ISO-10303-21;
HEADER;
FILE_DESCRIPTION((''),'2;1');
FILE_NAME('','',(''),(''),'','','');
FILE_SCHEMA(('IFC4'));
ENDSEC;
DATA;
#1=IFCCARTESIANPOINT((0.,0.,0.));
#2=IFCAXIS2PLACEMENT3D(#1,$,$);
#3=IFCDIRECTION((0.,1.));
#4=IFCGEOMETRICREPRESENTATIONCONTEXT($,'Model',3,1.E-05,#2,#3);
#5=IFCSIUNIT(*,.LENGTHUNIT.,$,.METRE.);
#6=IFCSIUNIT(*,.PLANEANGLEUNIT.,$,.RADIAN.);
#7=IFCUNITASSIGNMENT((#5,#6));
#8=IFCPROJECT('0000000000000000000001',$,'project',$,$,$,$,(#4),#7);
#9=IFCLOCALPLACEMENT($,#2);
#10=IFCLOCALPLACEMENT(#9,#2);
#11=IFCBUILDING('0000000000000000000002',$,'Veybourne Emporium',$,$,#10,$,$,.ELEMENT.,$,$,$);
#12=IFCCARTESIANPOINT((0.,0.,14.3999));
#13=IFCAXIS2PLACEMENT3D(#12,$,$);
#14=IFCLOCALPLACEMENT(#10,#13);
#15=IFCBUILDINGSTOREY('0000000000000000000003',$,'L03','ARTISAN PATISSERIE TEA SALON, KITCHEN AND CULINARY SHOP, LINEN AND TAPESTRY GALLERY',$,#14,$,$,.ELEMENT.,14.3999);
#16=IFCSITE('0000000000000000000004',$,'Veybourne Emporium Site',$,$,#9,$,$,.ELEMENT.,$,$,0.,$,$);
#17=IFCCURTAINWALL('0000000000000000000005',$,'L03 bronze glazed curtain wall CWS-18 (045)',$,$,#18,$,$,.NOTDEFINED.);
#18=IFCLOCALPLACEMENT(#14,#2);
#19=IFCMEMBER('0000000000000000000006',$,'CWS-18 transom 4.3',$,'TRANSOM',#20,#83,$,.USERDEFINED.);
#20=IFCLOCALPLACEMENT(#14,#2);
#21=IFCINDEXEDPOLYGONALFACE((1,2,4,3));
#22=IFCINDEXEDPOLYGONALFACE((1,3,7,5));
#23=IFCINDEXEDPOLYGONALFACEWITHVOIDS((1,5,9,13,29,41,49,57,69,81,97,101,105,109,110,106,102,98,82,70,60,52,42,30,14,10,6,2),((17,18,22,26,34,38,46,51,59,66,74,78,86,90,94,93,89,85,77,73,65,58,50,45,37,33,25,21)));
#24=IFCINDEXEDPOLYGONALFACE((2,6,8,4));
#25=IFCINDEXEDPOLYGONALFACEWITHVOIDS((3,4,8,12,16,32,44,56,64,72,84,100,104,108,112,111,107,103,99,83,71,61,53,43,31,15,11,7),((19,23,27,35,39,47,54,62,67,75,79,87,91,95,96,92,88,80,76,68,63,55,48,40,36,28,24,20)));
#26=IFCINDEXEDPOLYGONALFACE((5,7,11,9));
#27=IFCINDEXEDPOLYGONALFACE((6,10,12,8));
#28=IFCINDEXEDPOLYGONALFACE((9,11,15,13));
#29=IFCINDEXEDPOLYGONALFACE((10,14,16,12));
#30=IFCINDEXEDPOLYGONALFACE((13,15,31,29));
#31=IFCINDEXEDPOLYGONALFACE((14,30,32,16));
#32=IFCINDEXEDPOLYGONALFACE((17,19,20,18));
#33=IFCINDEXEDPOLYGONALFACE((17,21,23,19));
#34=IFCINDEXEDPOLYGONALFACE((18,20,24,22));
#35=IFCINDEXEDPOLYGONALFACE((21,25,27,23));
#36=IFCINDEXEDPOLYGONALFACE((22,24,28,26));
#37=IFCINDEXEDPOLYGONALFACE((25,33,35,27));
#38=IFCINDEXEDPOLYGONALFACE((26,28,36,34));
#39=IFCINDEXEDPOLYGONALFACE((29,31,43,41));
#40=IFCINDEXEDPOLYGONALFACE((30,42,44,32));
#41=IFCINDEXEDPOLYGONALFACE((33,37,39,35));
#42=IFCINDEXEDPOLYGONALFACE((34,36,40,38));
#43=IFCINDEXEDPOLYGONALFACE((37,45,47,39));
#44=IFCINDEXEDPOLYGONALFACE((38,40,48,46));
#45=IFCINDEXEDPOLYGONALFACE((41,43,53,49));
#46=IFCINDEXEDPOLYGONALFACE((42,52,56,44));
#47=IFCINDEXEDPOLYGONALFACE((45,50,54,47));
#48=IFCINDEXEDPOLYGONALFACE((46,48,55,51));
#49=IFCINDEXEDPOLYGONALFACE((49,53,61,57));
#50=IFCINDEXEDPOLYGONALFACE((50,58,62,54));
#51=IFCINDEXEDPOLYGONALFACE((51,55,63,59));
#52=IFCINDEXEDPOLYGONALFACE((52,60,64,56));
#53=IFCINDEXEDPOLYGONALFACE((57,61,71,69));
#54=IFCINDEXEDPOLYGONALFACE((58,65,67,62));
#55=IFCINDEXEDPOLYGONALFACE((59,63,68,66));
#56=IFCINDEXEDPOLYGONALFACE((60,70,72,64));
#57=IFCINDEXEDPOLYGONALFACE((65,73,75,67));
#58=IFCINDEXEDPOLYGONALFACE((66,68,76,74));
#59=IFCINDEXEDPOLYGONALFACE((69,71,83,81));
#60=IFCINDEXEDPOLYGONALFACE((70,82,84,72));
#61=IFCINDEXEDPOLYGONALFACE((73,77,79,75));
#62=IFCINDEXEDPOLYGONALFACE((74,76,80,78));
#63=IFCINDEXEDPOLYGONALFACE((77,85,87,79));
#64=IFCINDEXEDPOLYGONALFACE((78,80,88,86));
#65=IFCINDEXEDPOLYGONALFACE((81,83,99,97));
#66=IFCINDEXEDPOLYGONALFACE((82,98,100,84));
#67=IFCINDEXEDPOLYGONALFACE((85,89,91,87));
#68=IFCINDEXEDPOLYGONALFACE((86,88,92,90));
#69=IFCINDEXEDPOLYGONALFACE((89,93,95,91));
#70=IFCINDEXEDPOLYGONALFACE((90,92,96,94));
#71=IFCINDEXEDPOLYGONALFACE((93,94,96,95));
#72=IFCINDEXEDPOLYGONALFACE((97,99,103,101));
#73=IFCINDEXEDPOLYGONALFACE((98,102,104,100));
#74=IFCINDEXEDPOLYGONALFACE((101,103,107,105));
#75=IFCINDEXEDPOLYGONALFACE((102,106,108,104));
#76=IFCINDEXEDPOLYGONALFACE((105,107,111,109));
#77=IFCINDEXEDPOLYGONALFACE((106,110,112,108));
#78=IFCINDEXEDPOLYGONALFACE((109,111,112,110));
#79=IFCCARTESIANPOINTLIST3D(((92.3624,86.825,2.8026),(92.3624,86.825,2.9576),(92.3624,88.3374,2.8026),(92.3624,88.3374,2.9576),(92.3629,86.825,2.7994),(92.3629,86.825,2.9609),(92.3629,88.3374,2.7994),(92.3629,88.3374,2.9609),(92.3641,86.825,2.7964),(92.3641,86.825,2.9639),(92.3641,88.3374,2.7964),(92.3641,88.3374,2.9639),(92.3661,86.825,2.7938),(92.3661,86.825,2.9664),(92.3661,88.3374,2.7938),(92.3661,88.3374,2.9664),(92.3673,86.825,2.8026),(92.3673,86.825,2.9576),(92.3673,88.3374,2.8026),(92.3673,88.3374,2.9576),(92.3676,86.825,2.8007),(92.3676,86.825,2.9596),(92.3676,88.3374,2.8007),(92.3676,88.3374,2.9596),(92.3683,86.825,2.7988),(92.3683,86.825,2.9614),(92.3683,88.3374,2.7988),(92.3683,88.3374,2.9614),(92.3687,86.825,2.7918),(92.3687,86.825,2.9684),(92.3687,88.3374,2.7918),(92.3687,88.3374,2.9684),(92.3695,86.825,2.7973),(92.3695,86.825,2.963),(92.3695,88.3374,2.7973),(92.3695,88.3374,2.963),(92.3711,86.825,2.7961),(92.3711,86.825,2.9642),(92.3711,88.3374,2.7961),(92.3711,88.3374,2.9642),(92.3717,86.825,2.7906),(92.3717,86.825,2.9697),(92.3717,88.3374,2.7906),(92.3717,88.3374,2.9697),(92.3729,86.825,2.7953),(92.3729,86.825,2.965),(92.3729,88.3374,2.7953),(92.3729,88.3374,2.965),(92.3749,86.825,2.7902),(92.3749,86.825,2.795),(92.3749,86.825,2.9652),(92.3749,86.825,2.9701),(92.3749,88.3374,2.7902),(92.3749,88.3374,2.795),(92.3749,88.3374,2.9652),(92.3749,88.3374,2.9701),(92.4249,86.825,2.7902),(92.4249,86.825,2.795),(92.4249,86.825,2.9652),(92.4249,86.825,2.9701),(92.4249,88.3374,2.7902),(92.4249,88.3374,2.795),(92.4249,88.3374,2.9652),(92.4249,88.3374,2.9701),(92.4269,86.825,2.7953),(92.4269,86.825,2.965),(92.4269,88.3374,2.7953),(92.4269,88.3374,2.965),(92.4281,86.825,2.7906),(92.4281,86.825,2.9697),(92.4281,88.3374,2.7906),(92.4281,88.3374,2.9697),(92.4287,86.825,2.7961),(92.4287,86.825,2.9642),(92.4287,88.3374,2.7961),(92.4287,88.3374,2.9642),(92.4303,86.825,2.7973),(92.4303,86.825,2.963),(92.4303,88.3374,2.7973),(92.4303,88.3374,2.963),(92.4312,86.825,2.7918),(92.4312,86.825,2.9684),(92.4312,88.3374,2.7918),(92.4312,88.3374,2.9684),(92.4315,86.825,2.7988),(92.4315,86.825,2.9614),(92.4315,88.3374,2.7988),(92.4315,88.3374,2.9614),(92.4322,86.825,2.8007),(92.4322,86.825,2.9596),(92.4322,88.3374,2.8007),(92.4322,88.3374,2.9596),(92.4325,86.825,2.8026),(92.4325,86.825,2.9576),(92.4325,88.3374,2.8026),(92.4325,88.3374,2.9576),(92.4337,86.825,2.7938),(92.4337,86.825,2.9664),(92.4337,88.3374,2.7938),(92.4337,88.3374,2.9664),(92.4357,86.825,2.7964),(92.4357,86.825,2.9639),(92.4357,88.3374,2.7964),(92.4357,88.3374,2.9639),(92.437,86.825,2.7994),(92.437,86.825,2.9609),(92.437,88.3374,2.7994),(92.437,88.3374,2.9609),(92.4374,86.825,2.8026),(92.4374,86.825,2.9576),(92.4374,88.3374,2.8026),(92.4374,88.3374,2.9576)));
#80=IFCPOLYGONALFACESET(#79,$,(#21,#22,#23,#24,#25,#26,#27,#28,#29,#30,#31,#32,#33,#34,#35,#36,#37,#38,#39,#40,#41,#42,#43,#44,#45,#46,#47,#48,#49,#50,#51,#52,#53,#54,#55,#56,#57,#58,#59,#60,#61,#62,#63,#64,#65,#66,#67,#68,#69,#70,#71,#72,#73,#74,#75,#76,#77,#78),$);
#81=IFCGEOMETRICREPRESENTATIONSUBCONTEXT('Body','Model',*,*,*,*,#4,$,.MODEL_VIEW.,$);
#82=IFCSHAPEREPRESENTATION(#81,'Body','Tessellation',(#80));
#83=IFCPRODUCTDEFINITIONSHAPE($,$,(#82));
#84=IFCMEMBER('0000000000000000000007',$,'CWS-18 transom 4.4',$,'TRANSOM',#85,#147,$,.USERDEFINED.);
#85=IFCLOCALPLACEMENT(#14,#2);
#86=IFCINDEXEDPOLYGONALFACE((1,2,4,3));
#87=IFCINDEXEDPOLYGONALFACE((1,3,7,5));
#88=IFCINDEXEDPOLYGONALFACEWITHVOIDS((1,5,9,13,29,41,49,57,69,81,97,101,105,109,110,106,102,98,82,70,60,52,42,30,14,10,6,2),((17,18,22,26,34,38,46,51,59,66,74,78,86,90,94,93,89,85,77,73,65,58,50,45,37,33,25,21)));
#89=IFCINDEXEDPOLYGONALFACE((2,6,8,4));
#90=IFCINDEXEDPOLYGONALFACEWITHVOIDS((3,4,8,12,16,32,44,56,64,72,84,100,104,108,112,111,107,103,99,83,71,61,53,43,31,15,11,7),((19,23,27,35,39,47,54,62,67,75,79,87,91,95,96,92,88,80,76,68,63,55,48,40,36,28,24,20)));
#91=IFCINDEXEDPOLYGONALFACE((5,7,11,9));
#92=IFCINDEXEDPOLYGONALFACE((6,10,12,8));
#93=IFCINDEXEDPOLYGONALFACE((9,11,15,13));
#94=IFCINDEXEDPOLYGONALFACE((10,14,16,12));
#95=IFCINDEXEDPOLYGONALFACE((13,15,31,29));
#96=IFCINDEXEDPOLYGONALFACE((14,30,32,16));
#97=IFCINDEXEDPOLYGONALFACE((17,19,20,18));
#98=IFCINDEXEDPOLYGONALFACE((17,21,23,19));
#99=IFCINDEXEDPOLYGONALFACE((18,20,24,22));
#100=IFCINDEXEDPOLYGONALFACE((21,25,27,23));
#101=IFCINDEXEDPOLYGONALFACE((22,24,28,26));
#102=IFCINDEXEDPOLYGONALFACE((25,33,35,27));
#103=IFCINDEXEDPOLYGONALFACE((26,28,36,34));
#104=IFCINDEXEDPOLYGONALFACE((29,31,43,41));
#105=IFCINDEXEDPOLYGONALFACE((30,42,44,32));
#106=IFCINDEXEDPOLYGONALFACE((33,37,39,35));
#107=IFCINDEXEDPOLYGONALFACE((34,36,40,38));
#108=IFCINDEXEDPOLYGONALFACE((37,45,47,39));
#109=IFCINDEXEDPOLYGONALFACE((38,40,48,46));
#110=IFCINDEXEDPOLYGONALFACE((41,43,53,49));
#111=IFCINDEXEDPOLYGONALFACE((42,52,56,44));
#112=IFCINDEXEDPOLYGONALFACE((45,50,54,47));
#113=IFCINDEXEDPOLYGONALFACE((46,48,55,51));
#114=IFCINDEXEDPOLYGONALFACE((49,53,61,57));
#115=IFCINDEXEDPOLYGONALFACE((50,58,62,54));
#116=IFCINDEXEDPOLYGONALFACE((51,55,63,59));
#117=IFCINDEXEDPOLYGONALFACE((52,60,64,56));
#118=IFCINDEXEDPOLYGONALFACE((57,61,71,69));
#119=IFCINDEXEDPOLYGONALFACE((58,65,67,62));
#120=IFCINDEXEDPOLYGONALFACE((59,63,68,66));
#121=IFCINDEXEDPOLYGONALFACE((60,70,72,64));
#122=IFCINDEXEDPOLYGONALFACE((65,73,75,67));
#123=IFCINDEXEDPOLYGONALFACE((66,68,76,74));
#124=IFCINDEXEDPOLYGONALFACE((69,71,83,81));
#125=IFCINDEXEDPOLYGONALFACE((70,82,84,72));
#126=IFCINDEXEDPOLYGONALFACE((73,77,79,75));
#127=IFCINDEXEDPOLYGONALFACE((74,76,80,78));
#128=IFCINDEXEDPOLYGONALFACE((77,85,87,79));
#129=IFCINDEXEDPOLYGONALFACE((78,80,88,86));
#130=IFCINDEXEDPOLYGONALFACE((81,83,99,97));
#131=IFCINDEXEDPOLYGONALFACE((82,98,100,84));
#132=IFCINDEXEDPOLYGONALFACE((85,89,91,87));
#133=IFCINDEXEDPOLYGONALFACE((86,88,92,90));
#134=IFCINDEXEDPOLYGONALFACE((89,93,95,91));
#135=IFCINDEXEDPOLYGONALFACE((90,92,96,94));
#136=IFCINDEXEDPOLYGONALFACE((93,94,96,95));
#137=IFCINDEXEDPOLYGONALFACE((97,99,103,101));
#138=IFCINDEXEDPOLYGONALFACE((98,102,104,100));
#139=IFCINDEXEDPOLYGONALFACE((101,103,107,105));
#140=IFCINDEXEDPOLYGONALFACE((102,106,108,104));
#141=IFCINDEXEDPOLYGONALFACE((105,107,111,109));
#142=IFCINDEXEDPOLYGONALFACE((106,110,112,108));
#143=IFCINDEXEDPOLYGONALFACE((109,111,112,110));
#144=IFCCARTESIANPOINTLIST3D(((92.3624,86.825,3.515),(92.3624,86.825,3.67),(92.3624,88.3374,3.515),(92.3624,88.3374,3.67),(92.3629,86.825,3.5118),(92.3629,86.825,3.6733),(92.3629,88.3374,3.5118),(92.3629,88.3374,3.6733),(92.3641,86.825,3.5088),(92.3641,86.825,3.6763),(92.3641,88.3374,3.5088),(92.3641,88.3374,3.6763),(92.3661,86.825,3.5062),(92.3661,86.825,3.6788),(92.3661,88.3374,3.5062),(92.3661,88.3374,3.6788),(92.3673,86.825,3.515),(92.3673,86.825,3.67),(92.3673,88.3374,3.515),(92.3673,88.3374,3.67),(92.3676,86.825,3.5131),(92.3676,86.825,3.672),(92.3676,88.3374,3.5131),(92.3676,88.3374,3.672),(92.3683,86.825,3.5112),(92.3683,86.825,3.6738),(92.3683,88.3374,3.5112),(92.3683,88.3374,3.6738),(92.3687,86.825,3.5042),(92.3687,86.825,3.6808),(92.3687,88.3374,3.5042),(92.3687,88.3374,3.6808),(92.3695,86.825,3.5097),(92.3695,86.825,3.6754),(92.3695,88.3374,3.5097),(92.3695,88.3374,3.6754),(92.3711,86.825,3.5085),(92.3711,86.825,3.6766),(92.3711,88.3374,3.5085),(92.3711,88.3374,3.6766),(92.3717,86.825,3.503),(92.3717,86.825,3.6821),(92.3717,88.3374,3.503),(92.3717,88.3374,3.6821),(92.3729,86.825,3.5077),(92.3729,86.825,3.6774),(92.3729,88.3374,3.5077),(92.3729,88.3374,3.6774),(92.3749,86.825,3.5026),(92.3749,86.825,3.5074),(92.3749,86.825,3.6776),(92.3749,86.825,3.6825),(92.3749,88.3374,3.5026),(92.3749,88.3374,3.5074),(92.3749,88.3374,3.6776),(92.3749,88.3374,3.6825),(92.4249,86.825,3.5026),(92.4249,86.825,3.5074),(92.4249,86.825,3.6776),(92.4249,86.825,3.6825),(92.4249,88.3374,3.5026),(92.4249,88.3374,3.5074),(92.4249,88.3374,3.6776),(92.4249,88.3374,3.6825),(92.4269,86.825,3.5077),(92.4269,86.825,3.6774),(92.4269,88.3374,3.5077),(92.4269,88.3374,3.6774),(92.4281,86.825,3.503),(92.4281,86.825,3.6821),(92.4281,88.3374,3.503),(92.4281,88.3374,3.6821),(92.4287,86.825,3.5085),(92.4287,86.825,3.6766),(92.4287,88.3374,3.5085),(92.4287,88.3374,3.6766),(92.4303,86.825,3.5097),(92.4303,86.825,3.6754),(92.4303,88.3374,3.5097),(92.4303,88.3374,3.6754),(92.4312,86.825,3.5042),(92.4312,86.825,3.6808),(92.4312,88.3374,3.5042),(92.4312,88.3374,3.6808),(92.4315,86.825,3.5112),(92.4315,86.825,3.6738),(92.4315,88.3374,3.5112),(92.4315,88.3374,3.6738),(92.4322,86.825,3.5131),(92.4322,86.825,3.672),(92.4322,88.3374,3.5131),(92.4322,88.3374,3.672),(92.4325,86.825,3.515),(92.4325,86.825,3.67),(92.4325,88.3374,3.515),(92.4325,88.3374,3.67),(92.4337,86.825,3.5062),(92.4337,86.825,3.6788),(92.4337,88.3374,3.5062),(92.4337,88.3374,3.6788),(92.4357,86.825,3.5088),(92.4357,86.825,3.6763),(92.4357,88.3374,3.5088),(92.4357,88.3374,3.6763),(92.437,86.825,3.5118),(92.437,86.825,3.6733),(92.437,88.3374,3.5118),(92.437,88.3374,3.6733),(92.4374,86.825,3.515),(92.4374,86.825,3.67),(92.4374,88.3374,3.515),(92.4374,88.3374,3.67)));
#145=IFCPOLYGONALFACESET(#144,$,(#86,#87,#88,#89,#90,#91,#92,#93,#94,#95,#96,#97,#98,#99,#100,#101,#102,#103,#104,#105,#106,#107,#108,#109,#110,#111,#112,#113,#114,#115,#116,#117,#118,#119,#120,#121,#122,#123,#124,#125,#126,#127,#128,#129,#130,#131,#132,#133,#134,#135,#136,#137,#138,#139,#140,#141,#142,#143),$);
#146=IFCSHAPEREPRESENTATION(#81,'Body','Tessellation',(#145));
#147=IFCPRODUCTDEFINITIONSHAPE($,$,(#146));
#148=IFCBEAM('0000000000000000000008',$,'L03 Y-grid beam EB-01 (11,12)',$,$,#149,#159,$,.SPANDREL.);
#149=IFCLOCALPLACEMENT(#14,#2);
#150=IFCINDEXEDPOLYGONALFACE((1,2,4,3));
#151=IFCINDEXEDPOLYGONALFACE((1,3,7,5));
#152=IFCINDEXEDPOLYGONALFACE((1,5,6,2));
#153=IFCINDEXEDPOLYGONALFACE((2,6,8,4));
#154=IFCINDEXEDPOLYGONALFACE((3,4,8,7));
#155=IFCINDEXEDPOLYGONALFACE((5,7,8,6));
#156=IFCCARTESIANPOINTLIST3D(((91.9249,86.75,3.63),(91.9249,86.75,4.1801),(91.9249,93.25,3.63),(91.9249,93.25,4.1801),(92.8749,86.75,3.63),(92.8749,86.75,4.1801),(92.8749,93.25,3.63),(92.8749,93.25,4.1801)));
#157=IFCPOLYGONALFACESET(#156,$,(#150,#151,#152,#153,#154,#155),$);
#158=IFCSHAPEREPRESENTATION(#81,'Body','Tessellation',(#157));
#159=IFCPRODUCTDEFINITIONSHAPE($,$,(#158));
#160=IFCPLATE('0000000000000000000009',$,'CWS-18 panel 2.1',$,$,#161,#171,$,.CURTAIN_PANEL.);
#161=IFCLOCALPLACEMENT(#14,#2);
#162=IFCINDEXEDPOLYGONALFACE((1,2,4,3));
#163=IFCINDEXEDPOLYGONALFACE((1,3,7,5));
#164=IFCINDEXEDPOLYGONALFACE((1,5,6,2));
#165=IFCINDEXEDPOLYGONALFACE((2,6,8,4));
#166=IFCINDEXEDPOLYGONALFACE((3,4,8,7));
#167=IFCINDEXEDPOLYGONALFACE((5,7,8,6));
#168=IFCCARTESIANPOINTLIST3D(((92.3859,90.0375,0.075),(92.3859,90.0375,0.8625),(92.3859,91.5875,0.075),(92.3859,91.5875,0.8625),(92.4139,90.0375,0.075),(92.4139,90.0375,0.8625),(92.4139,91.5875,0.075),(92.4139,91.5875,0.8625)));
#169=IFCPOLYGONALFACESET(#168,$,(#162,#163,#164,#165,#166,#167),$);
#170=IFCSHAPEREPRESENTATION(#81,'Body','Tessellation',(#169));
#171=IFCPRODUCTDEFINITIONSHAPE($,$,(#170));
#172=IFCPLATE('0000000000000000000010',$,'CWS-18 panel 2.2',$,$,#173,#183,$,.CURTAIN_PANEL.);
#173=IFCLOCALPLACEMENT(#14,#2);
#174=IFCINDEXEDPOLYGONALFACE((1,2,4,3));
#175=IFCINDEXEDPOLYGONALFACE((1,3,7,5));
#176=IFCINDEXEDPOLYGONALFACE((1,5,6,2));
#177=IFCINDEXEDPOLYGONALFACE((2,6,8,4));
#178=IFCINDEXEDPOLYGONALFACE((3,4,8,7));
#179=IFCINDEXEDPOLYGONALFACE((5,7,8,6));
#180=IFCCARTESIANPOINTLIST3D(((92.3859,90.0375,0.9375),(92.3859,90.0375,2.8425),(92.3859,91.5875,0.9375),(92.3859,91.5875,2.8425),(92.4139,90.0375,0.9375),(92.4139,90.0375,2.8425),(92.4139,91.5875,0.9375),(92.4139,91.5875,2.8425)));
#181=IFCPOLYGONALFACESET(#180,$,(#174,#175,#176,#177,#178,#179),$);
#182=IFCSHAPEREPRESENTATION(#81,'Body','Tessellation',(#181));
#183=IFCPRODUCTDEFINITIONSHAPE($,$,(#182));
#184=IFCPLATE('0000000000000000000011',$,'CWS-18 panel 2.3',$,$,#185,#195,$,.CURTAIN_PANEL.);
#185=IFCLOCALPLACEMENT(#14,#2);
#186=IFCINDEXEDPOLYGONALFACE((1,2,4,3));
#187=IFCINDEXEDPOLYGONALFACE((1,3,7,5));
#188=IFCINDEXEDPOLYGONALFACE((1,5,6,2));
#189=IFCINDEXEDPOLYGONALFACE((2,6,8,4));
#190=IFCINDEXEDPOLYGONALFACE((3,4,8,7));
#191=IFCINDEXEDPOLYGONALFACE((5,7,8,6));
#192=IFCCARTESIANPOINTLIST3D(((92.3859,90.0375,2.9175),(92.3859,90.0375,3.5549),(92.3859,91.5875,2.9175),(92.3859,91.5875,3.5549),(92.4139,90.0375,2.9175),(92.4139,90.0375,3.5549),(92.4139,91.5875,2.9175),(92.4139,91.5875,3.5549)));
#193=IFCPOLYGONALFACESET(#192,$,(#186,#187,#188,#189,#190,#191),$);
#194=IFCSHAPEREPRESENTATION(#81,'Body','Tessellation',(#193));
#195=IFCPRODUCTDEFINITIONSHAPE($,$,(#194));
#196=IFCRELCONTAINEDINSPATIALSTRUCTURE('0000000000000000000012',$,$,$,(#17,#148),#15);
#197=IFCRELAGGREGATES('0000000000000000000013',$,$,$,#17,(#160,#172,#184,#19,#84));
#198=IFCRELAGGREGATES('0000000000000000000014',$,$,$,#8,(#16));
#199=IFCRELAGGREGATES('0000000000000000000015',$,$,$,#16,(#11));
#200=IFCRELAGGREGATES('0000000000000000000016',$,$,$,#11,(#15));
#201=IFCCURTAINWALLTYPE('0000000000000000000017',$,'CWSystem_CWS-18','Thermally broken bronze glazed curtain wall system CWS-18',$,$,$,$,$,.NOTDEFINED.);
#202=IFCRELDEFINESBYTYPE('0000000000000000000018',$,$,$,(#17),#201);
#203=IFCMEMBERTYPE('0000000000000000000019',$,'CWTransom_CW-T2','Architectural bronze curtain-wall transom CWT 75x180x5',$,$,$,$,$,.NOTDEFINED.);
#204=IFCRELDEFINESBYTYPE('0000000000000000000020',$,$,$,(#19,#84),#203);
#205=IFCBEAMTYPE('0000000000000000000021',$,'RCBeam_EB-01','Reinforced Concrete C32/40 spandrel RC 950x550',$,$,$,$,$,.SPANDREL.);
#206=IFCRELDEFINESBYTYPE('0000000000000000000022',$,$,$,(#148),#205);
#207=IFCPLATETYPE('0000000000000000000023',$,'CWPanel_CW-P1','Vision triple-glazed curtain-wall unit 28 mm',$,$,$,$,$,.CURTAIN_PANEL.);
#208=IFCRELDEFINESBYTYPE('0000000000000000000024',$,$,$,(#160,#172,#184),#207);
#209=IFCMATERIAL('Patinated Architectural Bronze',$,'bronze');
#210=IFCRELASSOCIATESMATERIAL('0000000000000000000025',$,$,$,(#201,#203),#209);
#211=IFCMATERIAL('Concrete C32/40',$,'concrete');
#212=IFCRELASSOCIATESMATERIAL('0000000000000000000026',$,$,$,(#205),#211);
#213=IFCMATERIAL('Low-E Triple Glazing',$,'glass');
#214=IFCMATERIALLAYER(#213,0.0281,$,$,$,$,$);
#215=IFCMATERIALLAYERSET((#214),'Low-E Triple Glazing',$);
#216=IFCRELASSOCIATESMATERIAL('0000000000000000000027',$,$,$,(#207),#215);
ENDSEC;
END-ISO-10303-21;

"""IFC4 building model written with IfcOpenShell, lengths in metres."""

from ifc_helpers import new_model, si_unit, direction, frame, origin, origin_2d, place, context, subcontext, project, spatial, rectangle, hollow_rectangle, extrude, material, layer, layer_set, material_profile, profile_set, type_object, element, aggregate, save


model = new_model("IFC4")

# Units and contexts
model_context = context("Model", 3, precision=1e-05, world=origin(), true_north=direction((0.0, 1.0)))
body_context = subcontext(model_context, "Body", "Model", "MODEL_VIEW")
ifc_project = project(units=[si_unit("LENGTHUNIT", "METRE"), si_unit("PLANEANGLEUNIT", "RADIAN")], contexts=[model_context])

# Site, building, storey
site_placement = place(None, origin())
site = spatial("IfcSite", under=ifc_project, at=site_placement, Name="Veybourne Emporium Site", CompositionType="ELEMENT", RefElevation=0.0)
building_placement = place(site_placement, origin())
building = spatial("IfcBuilding", under=site, at=building_placement, Name="Veybourne Emporium", CompositionType="ELEMENT")
storey_placement = place(building_placement, frame((0.0, 0.0, 14.3999)))
storey = spatial("IfcBuildingStorey", under=building, at=storey_placement, Name="L03", Description="ARTISAN PATISSERIE TEA SALON, KITCHEN AND CULINARY SHOP, LINEN AND TAPESTRY GALLERY", CompositionType="ELEMENT", Elevation=14.3999)

# Curtain wall, members
ifc_material_1 = material(Name="Patinated Architectural Bronze", Category="bronze")
curtain_wall_type = type_object("IfcCurtainWallType", Name="CWSystem_CWS-18", Description="Thermally broken bronze glazed curtain wall system CWS-18", PredefinedType="NOTDEFINED", material=ifc_material_1)
curtain_wall_placement = place(storey_placement, origin())
curtain_wall = element("IfcCurtainWall", 1, at=curtain_wall_placement, inside=storey, type_object=curtain_wall_type, Name="L03 bronze glazed curtain wall CWS-18 (045)", PredefinedType="NOTDEFINED")
ifc_material_profile_1 = material_profile(ifc_material_1, hollow_rectangle(XDim=0.075, YDim=0.1799, WallThickness=0.0049, InnerFilletRadius=0.0076, OuterFilletRadius=0.0125, at=origin_2d()), Name="CWT 75x180x5")
ifc_profile_set_1 = profile_set([ifc_material_profile_1], Name="Patinated Architectural Bronze")
member_type_1 = type_object("IfcMemberType", Name="CWTransom_CW-T2", Description="Architectural bronze curtain-wall transom CWT 75x180x5", PredefinedType="NOTDEFINED", material=ifc_profile_set_1)
member_1_placement = place(storey_placement, frame((92.3999, 88.3374, 2.8801), z_axis=(0.0, -1.0, 0.0), x_axis=(1.0, 0.0, 0.0)))
member_1 = element("IfcMember", 2, at=member_1_placement, type_object=member_type_1, Name="CWS-18 transom 4.3", ObjectType="TRANSOM", PredefinedType="USERDEFINED", context=body_context, shape_type="SweptSolid", body=[
    extrude(hollow_rectangle(XDim=0.075, YDim=0.1799, WallThickness=0.0049, InnerFilletRadius=0.0076, OuterFilletRadius=0.0125, at=origin_2d()), origin(), (0.0, 0.0, 1.0), 1.5125),
])
member_2_placement = place(storey_placement, frame((92.3999, 88.3374, 3.5925), z_axis=(0.0, -1.0, 0.0), x_axis=(1.0, 0.0, 0.0)))
member_2 = element("IfcMember", 3, at=member_2_placement, type_object=member_type_1, Name="CWS-18 transom 4.4", ObjectType="TRANSOM", PredefinedType="USERDEFINED", context=body_context, shape_type="SweptSolid", body=[
    extrude(hollow_rectangle(XDim=0.075, YDim=0.1799, WallThickness=0.0049, InnerFilletRadius=0.0076, OuterFilletRadius=0.0125, at=origin_2d()), origin(), (0.0, 0.0, 1.0), 1.5125),
])

# Beam
ifc_material_2 = material(Name="Concrete C32/40", Category="concrete")
ifc_material_profile_2 = material_profile(ifc_material_2, rectangle(XDim=0.95, YDim=0.55, at=origin_2d()), Name="RC 950x550")
ifc_profile_set_2 = profile_set([ifc_material_profile_2], Name="Concrete C32/40")
beam_type = type_object("IfcBeamType", Name="RCBeam_EB-01", Description="Reinforced Concrete C32/40 spandrel RC 950x550", PredefinedType="SPANDREL", material=ifc_profile_set_2)
beam_placement = place(storey_placement, frame((92.3999, 86.75, 3.905), z_axis=(0.0, 1.0, 0.0), x_axis=(-1.0, 0.0, 0.0)))
element("IfcBeam", 4, at=beam_placement, inside=storey, type_object=beam_type, Name="L03 Y-grid beam EB-01 (11,12)", PredefinedType="SPANDREL", context=body_context, shape_type="SweptSolid", body=[
    extrude(rectangle(XDim=0.95, YDim=0.55, at=origin_2d()), origin(), (0.0, 0.0, 1.0), 6.5),
])

# Plates
ifc_material_3 = material(Name="Low-E Triple Glazing", Category="glass")
ifc_layer_1 = layer(ifc_material_3, 0.0281)
ifc_layer_set_1 = layer_set([ifc_layer_1], Name="Low-E Triple Glazing")
plate_type = type_object("IfcPlateType", Name="CWPanel_CW-P1", Description="Vision triple-glazed curtain-wall unit 28 mm", PredefinedType="CURTAIN_PANEL", material=ifc_layer_set_1)
plate_1_placement = place(storey_placement, frame((92.3999, 90.8125, 0.075), z_axis=(0.0, 0.0, 1.0), x_axis=(0.0, -1.0, 0.0)))
plate_1 = element("IfcPlate", 5, at=plate_1_placement, type_object=plate_type, Name="CWS-18 panel 2.1", PredefinedType="CURTAIN_PANEL", context=body_context, shape_type="SweptSolid", body=[
    extrude(rectangle(XDim=1.55, YDim=0.0281, at=origin_2d()), origin(), (0.0, 0.0, 1.0), 0.7876),
])
plate_2_placement = place(storey_placement, frame((92.3999, 90.8125, 0.9375), z_axis=(0.0, 0.0, 1.0), x_axis=(0.0, -1.0, 0.0)))
plate_2 = element("IfcPlate", 6, at=plate_2_placement, type_object=plate_type, Name="CWS-18 panel 2.2", PredefinedType="CURTAIN_PANEL", context=body_context, shape_type="SweptSolid", body=[
    extrude(rectangle(XDim=1.55, YDim=0.0281, at=origin_2d()), origin(), (0.0, 0.0, 1.0), 1.905),
])
plate_3_placement = place(storey_placement, frame((92.3999, 90.8125, 2.9175), z_axis=(0.0, 0.0, 1.0), x_axis=(0.0, -1.0, 0.0)))
plate_3 = element("IfcPlate", 7, at=plate_3_placement, type_object=plate_type, Name="CWS-18 panel 2.3", PredefinedType="CURTAIN_PANEL", context=body_context, shape_type="SweptSolid", body=[
    extrude(rectangle(XDim=1.55, YDim=0.0281, at=origin_2d()), origin(), (0.0, 0.0, 1.0), 0.6375),
])
aggregate(curtain_wall, [plate_1, plate_2, plate_3, member_1, member_2])

save(model, "model.ifc")
